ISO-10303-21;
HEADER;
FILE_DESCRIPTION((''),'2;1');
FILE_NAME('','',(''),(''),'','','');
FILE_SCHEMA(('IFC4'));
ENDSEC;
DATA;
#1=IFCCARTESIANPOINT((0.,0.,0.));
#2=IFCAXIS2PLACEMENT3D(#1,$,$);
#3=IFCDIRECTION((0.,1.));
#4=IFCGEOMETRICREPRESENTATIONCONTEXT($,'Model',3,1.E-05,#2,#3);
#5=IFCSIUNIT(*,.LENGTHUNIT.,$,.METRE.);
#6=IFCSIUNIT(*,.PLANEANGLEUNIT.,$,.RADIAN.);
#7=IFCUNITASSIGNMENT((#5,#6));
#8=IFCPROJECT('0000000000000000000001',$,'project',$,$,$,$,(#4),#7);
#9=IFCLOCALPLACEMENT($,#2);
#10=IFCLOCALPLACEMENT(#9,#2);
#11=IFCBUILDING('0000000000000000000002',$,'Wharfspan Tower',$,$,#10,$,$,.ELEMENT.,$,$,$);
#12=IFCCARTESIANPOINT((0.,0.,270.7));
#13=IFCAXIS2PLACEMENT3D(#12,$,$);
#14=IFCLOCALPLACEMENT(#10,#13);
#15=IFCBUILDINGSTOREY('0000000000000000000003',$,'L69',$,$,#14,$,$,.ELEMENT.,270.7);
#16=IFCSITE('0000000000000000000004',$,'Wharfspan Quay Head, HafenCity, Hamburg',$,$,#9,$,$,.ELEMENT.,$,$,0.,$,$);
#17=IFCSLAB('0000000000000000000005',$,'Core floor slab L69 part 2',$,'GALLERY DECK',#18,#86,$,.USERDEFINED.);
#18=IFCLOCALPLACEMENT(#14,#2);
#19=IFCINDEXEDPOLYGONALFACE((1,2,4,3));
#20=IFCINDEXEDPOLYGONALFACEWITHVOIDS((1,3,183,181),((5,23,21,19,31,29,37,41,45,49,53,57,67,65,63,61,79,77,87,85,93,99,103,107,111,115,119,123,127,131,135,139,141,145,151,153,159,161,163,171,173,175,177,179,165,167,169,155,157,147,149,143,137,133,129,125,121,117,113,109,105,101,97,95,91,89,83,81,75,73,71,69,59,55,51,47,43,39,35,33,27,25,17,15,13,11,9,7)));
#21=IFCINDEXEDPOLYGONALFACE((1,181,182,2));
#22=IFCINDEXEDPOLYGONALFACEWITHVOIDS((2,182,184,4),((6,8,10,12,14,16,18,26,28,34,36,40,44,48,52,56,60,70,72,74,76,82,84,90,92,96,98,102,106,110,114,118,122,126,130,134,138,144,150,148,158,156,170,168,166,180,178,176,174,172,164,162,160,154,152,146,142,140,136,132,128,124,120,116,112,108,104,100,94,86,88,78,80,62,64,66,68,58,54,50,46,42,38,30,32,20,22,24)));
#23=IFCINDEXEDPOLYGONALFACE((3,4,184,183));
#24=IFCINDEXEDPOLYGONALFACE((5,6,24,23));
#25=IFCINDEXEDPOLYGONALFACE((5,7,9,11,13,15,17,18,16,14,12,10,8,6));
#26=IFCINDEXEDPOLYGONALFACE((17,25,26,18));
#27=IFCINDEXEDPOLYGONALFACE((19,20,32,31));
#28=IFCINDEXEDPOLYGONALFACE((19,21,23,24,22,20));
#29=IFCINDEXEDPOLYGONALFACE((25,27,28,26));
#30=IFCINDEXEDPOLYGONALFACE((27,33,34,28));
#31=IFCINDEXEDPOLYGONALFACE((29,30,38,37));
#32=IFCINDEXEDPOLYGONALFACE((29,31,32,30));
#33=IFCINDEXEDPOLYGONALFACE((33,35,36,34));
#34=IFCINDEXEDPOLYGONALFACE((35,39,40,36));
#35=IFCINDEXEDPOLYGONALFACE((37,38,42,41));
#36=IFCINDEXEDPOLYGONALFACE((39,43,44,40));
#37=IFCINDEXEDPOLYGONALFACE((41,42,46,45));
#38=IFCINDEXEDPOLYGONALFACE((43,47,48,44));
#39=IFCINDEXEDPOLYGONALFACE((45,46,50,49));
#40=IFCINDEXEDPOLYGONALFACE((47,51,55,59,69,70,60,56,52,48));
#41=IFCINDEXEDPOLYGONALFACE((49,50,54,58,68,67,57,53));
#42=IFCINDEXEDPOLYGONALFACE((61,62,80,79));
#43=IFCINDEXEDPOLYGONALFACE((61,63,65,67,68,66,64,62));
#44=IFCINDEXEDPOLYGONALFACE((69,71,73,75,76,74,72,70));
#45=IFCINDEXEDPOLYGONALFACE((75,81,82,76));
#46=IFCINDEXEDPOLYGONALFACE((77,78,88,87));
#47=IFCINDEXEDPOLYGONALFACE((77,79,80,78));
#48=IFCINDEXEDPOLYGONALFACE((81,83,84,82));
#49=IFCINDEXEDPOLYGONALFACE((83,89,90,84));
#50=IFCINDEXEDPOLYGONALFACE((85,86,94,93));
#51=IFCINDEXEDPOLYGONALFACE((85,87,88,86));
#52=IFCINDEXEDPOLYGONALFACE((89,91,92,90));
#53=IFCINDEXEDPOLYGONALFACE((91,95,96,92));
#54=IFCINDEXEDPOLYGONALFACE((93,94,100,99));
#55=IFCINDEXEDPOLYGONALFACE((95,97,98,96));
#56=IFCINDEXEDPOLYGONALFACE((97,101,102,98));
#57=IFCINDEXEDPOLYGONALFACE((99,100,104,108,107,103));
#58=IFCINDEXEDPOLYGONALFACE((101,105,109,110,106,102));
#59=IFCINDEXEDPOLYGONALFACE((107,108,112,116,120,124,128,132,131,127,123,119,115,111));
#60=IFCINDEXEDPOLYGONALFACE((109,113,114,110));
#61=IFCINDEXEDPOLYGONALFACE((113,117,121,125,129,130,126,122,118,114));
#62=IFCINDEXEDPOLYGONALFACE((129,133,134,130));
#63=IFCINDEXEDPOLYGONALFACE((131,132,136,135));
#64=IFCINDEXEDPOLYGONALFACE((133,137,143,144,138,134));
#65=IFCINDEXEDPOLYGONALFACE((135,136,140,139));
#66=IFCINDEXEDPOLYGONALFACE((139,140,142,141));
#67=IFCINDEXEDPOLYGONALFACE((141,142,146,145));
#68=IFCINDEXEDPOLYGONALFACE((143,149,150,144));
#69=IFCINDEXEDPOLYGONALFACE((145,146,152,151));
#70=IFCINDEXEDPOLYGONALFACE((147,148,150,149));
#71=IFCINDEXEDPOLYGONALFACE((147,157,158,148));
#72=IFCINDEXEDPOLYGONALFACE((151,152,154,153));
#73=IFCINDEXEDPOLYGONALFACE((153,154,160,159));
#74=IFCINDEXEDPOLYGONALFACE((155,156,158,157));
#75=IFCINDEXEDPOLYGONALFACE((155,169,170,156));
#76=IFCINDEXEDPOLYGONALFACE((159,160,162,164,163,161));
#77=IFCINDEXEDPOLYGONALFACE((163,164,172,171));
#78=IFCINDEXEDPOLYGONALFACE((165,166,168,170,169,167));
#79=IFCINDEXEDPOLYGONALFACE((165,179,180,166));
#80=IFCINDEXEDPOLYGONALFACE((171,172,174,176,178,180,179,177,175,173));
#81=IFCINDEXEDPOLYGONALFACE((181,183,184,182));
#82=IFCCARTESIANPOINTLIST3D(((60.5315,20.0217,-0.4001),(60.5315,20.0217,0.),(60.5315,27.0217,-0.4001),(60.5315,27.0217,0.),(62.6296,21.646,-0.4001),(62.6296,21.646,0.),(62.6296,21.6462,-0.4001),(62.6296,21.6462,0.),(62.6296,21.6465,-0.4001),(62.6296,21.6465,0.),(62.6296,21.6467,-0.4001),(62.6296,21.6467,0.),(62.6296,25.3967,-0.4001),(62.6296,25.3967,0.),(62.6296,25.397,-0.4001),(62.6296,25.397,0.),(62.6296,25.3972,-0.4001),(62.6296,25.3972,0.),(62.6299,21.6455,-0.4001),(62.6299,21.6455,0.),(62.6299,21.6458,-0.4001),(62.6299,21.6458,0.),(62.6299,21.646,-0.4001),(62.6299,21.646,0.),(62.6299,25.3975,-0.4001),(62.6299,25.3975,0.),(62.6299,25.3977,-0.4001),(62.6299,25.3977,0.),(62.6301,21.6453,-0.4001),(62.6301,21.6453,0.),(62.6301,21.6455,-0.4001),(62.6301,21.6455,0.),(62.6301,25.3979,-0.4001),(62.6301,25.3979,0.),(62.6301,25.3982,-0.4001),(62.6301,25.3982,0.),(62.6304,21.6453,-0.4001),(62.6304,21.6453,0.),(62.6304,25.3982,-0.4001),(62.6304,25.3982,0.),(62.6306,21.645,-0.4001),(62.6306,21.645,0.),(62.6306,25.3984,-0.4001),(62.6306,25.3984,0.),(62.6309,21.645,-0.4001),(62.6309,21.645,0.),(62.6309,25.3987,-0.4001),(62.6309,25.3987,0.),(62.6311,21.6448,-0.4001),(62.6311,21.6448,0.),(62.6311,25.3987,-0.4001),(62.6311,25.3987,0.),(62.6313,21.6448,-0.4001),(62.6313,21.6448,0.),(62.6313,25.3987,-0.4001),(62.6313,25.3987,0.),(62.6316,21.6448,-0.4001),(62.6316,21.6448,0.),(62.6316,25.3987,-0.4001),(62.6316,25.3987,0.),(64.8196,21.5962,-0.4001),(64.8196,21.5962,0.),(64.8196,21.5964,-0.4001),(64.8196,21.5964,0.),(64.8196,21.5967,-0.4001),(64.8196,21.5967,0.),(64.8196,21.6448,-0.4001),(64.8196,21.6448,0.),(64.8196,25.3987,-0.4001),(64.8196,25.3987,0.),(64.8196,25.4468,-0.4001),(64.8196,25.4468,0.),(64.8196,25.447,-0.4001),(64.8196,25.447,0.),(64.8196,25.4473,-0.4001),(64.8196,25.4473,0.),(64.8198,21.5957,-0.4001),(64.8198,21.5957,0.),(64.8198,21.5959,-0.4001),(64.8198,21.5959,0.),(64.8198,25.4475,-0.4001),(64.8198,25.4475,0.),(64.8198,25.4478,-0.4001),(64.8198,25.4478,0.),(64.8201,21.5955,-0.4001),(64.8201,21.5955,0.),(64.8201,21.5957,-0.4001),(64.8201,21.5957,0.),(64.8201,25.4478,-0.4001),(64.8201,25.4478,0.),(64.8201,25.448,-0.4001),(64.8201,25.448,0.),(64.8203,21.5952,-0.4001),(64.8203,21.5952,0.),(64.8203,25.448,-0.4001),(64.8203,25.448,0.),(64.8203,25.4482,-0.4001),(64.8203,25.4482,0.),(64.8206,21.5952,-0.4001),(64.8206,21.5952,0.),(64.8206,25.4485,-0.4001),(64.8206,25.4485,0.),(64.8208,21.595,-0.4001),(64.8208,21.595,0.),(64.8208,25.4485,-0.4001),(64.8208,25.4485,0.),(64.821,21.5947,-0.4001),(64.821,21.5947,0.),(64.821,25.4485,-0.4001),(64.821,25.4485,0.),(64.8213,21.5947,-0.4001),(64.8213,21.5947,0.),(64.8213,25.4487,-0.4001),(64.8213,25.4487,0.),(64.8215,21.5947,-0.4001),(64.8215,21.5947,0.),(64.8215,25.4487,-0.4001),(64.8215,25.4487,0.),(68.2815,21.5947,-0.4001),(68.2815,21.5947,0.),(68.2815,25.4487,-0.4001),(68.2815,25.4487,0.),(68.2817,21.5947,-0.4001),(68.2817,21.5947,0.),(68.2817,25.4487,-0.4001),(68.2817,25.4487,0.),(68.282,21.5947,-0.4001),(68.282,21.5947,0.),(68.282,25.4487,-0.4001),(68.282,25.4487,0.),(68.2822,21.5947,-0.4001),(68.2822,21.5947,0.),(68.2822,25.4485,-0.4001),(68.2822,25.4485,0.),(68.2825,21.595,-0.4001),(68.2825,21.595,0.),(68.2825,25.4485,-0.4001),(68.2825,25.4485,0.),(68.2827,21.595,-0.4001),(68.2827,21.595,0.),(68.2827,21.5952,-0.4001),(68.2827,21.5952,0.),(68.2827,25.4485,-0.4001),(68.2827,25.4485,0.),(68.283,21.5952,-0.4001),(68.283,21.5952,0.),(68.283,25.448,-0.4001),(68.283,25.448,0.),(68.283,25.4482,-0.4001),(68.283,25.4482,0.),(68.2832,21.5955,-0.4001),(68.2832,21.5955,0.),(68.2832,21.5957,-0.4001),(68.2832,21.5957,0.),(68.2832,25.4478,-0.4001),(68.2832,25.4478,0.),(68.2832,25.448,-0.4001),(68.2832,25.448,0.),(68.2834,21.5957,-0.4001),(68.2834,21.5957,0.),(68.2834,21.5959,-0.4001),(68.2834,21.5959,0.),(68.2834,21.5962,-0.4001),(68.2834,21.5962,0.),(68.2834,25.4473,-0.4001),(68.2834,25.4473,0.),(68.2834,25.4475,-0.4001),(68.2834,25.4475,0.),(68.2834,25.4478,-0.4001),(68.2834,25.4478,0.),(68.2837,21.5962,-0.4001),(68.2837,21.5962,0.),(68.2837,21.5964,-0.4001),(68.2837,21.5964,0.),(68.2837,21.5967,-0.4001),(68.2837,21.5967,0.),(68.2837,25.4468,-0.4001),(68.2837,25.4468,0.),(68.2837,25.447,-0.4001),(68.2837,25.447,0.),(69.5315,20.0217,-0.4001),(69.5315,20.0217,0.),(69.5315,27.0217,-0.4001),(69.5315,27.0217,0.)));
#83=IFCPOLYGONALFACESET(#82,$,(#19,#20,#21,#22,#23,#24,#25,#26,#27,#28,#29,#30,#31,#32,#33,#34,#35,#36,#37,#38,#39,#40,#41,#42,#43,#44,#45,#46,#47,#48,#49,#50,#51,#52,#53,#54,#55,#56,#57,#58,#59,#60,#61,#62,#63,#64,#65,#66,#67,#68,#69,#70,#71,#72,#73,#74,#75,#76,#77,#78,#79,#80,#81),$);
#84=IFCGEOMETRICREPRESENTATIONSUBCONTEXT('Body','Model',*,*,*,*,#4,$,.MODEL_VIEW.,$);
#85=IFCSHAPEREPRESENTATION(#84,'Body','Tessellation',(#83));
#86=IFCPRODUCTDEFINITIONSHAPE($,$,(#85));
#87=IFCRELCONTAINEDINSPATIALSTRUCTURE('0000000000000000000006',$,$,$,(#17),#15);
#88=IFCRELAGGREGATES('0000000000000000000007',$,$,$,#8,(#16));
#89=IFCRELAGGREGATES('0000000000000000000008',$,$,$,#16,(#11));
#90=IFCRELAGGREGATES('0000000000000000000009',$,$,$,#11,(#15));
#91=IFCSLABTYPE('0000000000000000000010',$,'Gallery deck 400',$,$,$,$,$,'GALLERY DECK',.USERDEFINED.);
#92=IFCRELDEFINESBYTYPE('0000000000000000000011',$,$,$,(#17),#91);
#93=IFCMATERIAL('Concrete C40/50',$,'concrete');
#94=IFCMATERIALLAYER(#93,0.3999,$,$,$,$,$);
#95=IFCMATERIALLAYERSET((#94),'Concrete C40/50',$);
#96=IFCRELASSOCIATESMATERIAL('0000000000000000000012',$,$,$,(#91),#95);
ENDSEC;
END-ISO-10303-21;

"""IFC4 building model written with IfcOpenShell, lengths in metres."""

from ifc_helpers import new_model, si_unit, direction, frame, origin, place, context, subcontext, project, spatial, polyline, outline, extrude, material, layer, layer_set, type_object, element, save


model = new_model("IFC4")

# Units and contexts
model_context = context("Model", 3, precision=1e-05, world=origin(), true_north=direction((0.0, 1.0)))
body_context = subcontext(model_context, "Body", "Model", "MODEL_VIEW")
ifc_project = project(units=[si_unit("LENGTHUNIT", "METRE"), si_unit("PLANEANGLEUNIT", "RADIAN")], contexts=[model_context])

# Site, building, storey
site_placement = place(None, origin())
site = spatial("IfcSite", under=ifc_project, at=site_placement, Name="Wharfspan Quay Head, HafenCity, Hamburg", CompositionType="ELEMENT", RefElevation=0.0)
building_placement = place(site_placement, origin())
building = spatial("IfcBuilding", under=site, at=building_placement, Name="Wharfspan Tower", CompositionType="ELEMENT")
storey_placement = place(building_placement, frame((0.0, 0.0, 270.7)))
storey = spatial("IfcBuildingStorey", under=building, at=storey_placement, Name="L69", CompositionType="ELEMENT", Elevation=270.7)

# Slab
ifc_material_1 = material(Name="Concrete C40/50", Category="concrete")
ifc_layer_1 = layer(ifc_material_1, 0.3999)
ifc_layer_set_1 = layer_set([ifc_layer_1], Name="Concrete C40/50")
slab_type_1 = type_object("IfcSlabType", Name="Gallery deck 400", ElementType="GALLERY DECK", PredefinedType="USERDEFINED", material=ifc_layer_set_1)
slab_1_placement = place(storey_placement, frame((0.0, 0.0, -0.4001)))
element("IfcSlab", 1, at=slab_1_placement, inside=storey, type_object=slab_type_1, Name="Core floor slab L69 part 2", ObjectType="GALLERY DECK", PredefinedType="USERDEFINED", context=body_context, shape_type="SweptSolid", body=[
    extrude(outline(polyline([(60.5315, 27.0217), (60.5315, 20.0217), (69.5315, 20.0217), (69.5315, 27.0217), (60.5315, 27.0217)]), holes=[polyline([(64.8196, 25.4468), (64.8196, 25.447), (64.8196, 25.447), (64.8196, 25.4473), (64.8198, 25.4475), (64.8198, 25.4478), (64.8201, 25.4478), (64.8201, 25.448), (64.8203, 25.448), (64.8203, 25.4482), (64.8206, 25.4485), (64.8208, 25.4485), (64.8208, 25.4485), (64.821, 25.4485), (64.8213, 25.4487), (64.8213, 25.4487), (64.8215, 25.4487), (68.2815, 25.4487), (68.2817, 25.4487), (68.282, 25.4487), (68.2822, 25.4485), (68.2825, 25.4485), (68.2827, 25.4485), (68.2827, 25.4485), (68.283, 25.4482), (68.283, 25.448), (68.2832, 25.448), (68.2832, 25.4478), (68.2834, 25.4478), (68.2834, 25.4475), (68.2834, 25.4473), (68.2837, 25.447), (68.2837, 25.447), (68.2837, 25.4468), (68.2837, 21.5967), (68.2837, 21.5964), (68.2837, 21.5962), (68.2834, 21.5962), (68.2834, 21.5959), (68.2834, 21.5957), (68.2832, 21.5957), (68.2832, 21.5955), (68.283, 21.5952), (68.283, 21.5952), (68.2827, 21.5952), (68.2827, 21.595), (68.2825, 21.595), (68.2822, 21.5947), (68.282, 21.5947), (68.2817, 21.5947), (68.2815, 21.5947), (64.8215, 21.5947), (64.8213, 21.5947), (64.8213, 21.5947), (64.821, 21.5947), (64.8208, 21.595), (64.8208, 21.595), (64.8206, 21.5952), (64.8203, 21.5952), (64.8203, 21.5952), (64.8201, 21.5955), (64.8201, 21.5957), (64.8198, 21.5957), (64.8198, 21.5959), (64.8196, 21.5962), (64.8196, 21.5962), (64.8196, 21.5964), (64.8196, 21.5967), (64.8196, 21.6448), (62.6316, 21.6448), (62.6313, 21.6448), (62.6311, 21.6448), (62.6311, 21.6448), (62.6309, 21.645), (62.6306, 21.645), (62.6306, 21.645), (62.6304, 21.6453), (62.6301, 21.6453), (62.6301, 21.6455), (62.6299, 21.6455), (62.6299, 21.6458), (62.6299, 21.646), (62.6296, 21.646), (62.6296, 21.6462), (62.6296, 21.6465), (62.6296, 21.6467), (62.6296, 25.3967), (62.6296, 25.397), (62.6296, 25.3972), (62.6296, 25.3972), (62.6299, 25.3975), (62.6299, 25.3977), (62.6299, 25.3977), (62.6301, 25.3979), (62.6301, 25.3982), (62.6304, 25.3982), (62.6306, 25.3984), (62.6306, 25.3984), (62.6309, 25.3987), (62.6311, 25.3987), (62.6311, 25.3987), (62.6313, 25.3987), (62.6316, 25.3987), (64.8196, 25.3987), (64.8196, 25.4468)])]), origin(), (0.0, 0.0, 1.0), 0.4001),
])

save(model, "model.ifc")
